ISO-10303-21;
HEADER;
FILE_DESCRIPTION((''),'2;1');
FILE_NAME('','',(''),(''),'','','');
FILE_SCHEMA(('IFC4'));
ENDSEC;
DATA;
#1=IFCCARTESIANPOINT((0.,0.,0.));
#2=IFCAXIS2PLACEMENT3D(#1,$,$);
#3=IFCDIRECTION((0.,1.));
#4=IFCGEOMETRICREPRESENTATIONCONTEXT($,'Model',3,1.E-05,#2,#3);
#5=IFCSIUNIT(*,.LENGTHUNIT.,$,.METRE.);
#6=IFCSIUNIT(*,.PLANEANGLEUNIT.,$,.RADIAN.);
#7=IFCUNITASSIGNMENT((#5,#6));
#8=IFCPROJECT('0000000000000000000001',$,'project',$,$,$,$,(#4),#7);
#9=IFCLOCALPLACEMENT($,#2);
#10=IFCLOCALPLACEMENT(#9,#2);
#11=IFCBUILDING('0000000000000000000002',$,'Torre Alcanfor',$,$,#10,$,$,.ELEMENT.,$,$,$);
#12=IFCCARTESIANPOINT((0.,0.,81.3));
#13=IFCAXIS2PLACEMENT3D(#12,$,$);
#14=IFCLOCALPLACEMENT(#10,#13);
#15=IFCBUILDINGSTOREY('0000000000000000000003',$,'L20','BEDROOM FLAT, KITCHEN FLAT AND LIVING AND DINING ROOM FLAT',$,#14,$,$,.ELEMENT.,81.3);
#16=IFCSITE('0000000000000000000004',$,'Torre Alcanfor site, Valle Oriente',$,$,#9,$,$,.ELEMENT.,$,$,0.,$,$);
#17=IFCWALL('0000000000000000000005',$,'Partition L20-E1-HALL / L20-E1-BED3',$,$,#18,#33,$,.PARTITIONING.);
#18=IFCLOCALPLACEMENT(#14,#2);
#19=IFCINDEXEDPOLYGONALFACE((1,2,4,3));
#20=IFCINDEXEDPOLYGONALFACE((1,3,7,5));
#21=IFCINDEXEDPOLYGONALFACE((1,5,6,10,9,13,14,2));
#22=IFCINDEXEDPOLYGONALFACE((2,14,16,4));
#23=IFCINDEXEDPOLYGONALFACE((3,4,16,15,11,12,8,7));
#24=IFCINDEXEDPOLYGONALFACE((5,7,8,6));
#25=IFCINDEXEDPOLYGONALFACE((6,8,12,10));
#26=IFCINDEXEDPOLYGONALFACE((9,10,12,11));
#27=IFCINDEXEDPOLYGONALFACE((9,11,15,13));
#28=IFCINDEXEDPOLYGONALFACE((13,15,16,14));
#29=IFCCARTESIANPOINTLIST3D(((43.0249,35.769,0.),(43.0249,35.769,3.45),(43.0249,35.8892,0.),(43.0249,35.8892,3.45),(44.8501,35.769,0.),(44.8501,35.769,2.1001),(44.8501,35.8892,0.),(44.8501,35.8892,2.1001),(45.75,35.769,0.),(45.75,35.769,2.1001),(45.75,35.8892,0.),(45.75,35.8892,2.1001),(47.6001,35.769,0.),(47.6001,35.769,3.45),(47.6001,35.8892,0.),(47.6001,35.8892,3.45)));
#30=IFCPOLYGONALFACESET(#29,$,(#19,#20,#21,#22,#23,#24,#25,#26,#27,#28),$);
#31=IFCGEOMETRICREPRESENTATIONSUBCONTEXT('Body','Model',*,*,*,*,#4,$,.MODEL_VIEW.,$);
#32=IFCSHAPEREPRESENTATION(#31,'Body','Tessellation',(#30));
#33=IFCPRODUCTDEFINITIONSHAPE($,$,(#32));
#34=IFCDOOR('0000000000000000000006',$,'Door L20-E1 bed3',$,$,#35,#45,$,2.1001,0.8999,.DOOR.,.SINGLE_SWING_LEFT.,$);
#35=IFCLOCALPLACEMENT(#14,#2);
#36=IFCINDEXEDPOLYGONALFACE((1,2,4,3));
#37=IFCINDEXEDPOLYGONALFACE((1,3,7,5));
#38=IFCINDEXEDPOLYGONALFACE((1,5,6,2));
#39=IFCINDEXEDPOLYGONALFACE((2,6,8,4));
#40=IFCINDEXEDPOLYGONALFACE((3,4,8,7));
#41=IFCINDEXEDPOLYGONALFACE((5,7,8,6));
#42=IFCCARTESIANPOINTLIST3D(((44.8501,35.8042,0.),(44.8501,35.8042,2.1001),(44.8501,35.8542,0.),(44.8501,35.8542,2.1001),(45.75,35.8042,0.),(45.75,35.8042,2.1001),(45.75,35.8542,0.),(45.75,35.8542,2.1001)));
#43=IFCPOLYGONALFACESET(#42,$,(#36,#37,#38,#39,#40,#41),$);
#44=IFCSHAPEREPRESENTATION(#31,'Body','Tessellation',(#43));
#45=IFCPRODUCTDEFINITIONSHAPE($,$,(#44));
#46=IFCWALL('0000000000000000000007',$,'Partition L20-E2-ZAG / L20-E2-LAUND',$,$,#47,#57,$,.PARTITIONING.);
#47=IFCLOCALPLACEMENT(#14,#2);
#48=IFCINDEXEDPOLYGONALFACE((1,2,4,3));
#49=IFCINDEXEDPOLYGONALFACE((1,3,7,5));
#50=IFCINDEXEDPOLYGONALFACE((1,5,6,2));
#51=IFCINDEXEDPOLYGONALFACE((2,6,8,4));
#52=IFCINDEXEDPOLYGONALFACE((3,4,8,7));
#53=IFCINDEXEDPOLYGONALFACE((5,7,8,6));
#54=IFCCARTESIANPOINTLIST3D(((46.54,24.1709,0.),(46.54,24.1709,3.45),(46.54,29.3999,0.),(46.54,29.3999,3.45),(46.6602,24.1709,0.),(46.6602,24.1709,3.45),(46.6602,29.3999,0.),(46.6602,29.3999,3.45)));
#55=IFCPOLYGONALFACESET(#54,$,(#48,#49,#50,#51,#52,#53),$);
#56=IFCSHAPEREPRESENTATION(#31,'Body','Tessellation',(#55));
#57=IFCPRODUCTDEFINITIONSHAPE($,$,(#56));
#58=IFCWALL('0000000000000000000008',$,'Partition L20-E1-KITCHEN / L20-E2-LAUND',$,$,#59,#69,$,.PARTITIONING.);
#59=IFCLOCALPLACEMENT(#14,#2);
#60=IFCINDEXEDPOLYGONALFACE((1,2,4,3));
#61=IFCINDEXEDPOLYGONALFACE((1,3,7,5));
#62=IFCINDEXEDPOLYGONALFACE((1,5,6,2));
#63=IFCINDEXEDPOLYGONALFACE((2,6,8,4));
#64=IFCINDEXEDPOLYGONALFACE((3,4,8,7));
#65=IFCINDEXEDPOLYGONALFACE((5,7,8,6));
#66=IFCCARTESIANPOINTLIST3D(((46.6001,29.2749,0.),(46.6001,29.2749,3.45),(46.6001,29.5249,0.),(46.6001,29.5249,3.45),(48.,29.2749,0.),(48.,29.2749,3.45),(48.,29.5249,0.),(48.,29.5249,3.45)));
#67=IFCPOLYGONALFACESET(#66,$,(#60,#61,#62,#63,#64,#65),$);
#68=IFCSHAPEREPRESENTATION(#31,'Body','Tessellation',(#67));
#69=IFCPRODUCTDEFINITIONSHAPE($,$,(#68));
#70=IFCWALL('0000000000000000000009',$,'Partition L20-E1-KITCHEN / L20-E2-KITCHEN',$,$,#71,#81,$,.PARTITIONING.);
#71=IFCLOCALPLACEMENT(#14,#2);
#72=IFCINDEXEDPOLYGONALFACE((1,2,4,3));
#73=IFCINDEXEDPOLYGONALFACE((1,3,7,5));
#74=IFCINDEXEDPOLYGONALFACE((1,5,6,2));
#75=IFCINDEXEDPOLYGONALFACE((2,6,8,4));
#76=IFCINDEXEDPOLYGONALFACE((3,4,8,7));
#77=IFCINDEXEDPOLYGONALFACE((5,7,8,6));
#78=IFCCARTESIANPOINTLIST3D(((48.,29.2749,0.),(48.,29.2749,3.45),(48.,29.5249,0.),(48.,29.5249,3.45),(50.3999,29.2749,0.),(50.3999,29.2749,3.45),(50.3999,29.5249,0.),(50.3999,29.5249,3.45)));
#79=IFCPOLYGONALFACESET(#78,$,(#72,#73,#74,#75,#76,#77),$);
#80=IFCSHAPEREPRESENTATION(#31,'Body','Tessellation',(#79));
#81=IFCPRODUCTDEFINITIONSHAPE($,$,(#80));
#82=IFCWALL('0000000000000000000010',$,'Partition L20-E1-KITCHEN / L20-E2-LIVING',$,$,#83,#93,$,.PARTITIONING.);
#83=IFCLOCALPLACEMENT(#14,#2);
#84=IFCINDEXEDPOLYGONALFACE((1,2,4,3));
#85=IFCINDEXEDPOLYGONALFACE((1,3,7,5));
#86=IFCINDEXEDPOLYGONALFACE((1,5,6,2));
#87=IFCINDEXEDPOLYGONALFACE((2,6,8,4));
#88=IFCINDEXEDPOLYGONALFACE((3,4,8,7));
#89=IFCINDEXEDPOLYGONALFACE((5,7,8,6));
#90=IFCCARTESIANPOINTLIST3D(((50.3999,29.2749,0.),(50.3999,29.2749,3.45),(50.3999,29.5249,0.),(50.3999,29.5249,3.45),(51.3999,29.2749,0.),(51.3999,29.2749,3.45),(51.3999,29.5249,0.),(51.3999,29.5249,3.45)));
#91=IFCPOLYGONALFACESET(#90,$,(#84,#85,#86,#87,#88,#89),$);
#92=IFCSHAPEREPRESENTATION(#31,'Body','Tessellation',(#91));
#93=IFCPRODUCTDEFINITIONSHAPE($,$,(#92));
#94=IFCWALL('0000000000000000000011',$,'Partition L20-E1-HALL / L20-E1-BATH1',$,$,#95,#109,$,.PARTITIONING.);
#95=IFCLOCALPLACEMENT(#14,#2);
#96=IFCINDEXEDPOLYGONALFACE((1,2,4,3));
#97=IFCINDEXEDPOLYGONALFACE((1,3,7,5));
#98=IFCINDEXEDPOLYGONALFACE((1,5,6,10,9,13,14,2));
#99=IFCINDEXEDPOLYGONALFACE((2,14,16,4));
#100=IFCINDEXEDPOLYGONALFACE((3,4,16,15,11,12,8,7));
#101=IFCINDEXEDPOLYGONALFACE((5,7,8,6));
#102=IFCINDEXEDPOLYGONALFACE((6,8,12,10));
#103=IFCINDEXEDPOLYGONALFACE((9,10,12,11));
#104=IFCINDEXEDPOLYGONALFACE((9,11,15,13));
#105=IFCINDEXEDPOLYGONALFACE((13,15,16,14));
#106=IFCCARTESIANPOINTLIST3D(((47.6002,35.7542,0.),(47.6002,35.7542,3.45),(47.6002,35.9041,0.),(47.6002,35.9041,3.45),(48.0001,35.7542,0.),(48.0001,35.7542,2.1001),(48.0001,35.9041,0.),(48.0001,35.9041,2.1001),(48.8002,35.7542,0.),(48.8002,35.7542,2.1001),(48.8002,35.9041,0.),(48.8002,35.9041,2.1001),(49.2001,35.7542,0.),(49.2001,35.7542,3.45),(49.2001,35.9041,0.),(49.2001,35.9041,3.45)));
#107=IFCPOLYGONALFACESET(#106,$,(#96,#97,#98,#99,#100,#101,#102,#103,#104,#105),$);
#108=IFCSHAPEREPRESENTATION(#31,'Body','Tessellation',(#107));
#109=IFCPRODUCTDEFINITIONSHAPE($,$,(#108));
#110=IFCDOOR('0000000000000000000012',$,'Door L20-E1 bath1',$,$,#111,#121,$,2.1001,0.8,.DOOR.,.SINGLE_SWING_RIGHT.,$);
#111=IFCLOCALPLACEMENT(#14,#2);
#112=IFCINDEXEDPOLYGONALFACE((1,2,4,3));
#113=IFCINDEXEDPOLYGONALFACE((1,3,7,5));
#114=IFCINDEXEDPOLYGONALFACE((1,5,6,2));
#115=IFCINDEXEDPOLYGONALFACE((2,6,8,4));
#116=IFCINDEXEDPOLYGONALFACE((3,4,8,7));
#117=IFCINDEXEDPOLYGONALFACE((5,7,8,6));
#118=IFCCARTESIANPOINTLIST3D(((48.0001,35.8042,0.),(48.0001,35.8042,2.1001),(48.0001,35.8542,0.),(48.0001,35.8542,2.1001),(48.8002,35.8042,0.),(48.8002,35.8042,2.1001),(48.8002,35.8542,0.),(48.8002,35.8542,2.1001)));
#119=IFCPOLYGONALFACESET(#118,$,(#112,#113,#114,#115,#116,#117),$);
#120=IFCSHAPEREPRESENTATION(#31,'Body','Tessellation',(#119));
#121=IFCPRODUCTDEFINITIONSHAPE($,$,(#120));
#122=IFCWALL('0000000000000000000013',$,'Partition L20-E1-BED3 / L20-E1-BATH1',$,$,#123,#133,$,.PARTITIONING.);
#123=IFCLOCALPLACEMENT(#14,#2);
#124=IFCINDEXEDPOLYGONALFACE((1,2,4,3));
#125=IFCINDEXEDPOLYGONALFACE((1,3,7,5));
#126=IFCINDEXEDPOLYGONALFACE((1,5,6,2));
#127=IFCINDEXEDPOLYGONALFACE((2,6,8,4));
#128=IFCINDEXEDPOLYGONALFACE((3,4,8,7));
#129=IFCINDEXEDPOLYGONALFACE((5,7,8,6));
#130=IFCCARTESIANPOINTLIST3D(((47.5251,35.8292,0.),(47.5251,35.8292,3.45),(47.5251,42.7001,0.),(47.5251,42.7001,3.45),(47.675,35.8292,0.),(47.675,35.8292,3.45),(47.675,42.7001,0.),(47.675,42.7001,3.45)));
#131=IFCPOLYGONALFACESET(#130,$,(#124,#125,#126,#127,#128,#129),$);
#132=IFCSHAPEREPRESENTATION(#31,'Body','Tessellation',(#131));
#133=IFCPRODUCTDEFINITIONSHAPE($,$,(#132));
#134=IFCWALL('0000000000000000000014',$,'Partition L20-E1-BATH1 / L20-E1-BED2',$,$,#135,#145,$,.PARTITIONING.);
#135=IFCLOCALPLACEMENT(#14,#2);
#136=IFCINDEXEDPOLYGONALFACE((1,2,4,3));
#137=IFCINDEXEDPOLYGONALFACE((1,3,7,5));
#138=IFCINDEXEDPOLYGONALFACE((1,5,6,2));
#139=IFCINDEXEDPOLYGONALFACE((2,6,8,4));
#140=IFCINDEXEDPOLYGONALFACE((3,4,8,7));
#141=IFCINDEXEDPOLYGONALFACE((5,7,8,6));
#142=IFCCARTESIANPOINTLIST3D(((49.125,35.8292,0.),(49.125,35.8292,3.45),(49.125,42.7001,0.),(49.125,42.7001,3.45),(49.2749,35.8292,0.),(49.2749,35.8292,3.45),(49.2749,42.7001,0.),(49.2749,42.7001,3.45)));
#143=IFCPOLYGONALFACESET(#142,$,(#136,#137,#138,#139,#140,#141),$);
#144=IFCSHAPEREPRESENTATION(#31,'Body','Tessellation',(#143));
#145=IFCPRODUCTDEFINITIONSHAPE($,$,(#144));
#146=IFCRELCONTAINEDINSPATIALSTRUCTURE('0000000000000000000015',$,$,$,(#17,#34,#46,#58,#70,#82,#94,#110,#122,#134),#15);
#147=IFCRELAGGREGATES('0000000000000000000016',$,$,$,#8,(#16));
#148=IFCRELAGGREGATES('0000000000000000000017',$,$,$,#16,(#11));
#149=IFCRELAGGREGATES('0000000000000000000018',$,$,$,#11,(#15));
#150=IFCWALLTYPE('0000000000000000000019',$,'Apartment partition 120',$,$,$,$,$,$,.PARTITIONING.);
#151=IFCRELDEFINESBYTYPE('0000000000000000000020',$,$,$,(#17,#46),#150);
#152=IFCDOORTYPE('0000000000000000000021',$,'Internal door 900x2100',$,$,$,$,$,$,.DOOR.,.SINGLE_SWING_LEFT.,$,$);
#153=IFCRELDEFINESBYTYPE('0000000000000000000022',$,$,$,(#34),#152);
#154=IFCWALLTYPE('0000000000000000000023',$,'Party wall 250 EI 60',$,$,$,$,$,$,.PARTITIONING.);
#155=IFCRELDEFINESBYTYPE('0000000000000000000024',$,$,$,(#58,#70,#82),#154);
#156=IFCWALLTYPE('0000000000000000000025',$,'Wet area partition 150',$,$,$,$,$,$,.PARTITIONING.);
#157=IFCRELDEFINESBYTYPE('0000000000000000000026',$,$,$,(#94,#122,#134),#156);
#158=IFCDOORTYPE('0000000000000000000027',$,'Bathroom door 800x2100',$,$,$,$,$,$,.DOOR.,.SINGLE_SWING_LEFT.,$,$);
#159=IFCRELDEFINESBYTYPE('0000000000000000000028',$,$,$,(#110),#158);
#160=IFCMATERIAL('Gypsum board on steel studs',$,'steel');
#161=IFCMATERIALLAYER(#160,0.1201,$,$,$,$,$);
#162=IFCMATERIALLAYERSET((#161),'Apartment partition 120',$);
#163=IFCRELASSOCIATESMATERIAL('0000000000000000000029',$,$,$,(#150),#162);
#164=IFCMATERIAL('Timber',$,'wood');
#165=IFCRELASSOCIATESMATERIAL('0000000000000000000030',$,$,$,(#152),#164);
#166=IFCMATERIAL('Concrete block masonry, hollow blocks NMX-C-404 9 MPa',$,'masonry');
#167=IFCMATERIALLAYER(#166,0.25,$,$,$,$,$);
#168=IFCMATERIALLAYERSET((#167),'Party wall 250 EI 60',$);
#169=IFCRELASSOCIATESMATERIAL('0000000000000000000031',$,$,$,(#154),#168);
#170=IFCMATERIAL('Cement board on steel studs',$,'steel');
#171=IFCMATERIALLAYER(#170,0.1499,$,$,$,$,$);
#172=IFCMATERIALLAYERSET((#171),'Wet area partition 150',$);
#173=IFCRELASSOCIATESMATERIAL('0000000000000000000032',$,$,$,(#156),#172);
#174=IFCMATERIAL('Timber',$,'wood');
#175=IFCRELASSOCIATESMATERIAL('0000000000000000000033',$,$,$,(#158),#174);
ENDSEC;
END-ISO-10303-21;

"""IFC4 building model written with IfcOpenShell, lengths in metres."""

from ifc_helpers import new_model, si_unit, direction, frame, frame_2d, origin, place, context, subcontext, project, spatial, rectangle, extrude, material, layer, layer_set, type_object, element, fill, save


model = new_model("IFC4")

# Units and contexts
model_context = context("Model", 3, precision=1e-05, world=origin(), true_north=direction((0.0, 1.0)))
body_context = subcontext(model_context, "Body", "Model", "MODEL_VIEW")
ifc_project = project(units=[si_unit("LENGTHUNIT", "METRE"), si_unit("PLANEANGLEUNIT", "RADIAN")], contexts=[model_context])

# Site, building, storey
site_placement = place(None, origin())
site = spatial("IfcSite", under=ifc_project, at=site_placement, Name="Torre Alcanfor site, Valle Oriente", CompositionType="ELEMENT", RefElevation=0.0)
building_placement = place(site_placement, origin())
building = spatial("IfcBuilding", under=site, at=building_placement, Name="Torre Alcanfor", CompositionType="ELEMENT")
storey_placement = place(building_placement, frame((0.0, 0.0, 81.3)))
storey = spatial("IfcBuildingStorey", under=building, at=storey_placement, Name="L20", Description="BEDROOM FLAT, KITCHEN FLAT AND LIVING AND DINING ROOM FLAT", CompositionType="ELEMENT", Elevation=81.3)

# Wall, opening, door
ifc_material_1 = material(Name="Gypsum board on steel studs", Category="steel")
ifc_layer_1 = layer(ifc_material_1, 0.1201)
ifc_layer_set_1 = layer_set([ifc_layer_1], Name="Apartment partition 120")
wall_type_1 = type_object("IfcWallType", Name="Apartment partition 120", PredefinedType="PARTITIONING", material=ifc_layer_set_1)
wall_1_placement = place(storey_placement, frame((47.6001, 35.8291, 0.0), z_axis=(0.0, 0.0, 1.0), x_axis=(-1.0, 0.0, 0.0)))
wall_1 = element("IfcWall", 1, at=wall_1_placement, inside=storey, type_object=wall_type_1, Name="Partition L20-E1-HALL / L20-E1-BED3", PredefinedType="PARTITIONING", context=body_context, shape_type="SweptSolid", body=[
    extrude(rectangle(XDim=4.5752, YDim=0.1201, at=frame_2d((2.2876, 0.0))), origin(), (0.0, 0.0, 1.0), 3.45),
])
opening_1_placement = place(wall_1_placement, frame((1.8501, 0.0, 0.0)))
opening_1 = element("IfcOpeningElement", 2, at=opening_1_placement, cuts=wall_1, PredefinedType="OPENING", context=body_context, shape_type="SweptSolid", body=[
    extrude(rectangle(XDim=0.8999, YDim=2.1001, at=frame_2d((0.45, 1.05))), frame((0.0, 0.0701, 0.0), z_axis=(0.0, -1.0, 0.0), x_axis=(1.0, 0.0, 0.0)), (0.0, 0.0, 1.0), 0.1401),
])
ifc_material_2 = material(Name="Timber", Category="wood")
door_type_1 = type_object("IfcDoorType", Name="Internal door 900x2100", OperationType="SINGLE_SWING_LEFT", PredefinedType="DOOR", material=ifc_material_2)
door_1_placement = place(opening_1_placement, frame((0.8999, 0.0, 0.0), z_axis=(0.0, 0.0, 1.0), x_axis=(-1.0, 0.0, 0.0)))
door_1 = element("IfcDoor", 3, at=door_1_placement, inside=storey, type_object=door_type_1, Name="Door L20-E1 bed3", OperationType="SINGLE_SWING_LEFT", OverallHeight=2.1001, OverallWidth=0.8999, PredefinedType="DOOR", context=body_context, shape_type="SweptSolid", body=[
    extrude(rectangle(XDim=0.8999, YDim=2.1001, at=frame_2d((0.45, 1.05))), frame((0.0, 0.0251, 0.0), z_axis=(0.0, -1.0, 0.0), x_axis=(1.0, 0.0, 0.0)), (0.0, 0.0, 1.0), 0.05),
])
fill(opening_1, door_1)

# Walls
wall_2_placement = place(storey_placement, frame((46.6001, 29.3999, 0.0), z_axis=(0.0, 0.0, 1.0), x_axis=(0.0, -1.0, 0.0)))
element("IfcWall", 4, at=wall_2_placement, inside=storey, type_object=wall_type_1, Name="Partition L20-E2-ZAG / L20-E2-LAUND", PredefinedType="PARTITIONING", context=body_context, shape_type="SweptSolid", body=[
    extrude(rectangle(XDim=5.229, YDim=0.1201, at=frame_2d((2.6145, 0.0))), origin(), (0.0, 0.0, 1.0), 3.45),
])
ifc_material_3 = material(Name="Concrete block masonry, hollow blocks NMX-C-404 9 MPa", Category="masonry")
ifc_layer_2 = layer(ifc_material_3, 0.25)
ifc_layer_set_2 = layer_set([ifc_layer_2], Name="Party wall 250 EI 60")
wall_type_2 = type_object("IfcWallType", Name="Party wall 250 EI 60", PredefinedType="PARTITIONING", material=ifc_layer_set_2)
wall_3_placement = place(storey_placement, frame((46.6001, 29.3999, 0.0), z_axis=(0.0, 0.0, 1.0), x_axis=(1.0, 0.0, 0.0)))
element("IfcWall", 5, at=wall_3_placement, inside=storey, type_object=wall_type_2, Name="Partition L20-E1-KITCHEN / L20-E2-LAUND", PredefinedType="PARTITIONING", context=body_context, shape_type="SweptSolid", body=[
    extrude(rectangle(XDim=1.3999, YDim=0.25, at=frame_2d((0.7, 0.0))), origin(), (0.0, 0.0, 1.0), 3.45),
])
wall_4_placement = place(storey_placement, frame((48.0, 29.3999, 0.0), z_axis=(0.0, 0.0, 1.0), x_axis=(1.0, 0.0, 0.0)))
element("IfcWall", 6, at=wall_4_placement, inside=storey, type_object=wall_type_2, Name="Partition L20-E1-KITCHEN / L20-E2-KITCHEN", PredefinedType="PARTITIONING", context=body_context, shape_type="SweptSolid", body=[
    extrude(rectangle(XDim=2.3999, YDim=0.25, at=frame_2d((1.2, 0.0))), origin(), (0.0, 0.0, 1.0), 3.45),
])
wall_5_placement = place(storey_placement, frame((50.3999, 29.3999, 0.0), z_axis=(0.0, 0.0, 1.0), x_axis=(1.0, 0.0, 0.0)))
element("IfcWall", 7, at=wall_5_placement, inside=storey, type_object=wall_type_2, Name="Partition L20-E1-KITCHEN / L20-E2-LIVING", PredefinedType="PARTITIONING", context=body_context, shape_type="SweptSolid", body=[
    extrude(rectangle(XDim=1.0, YDim=0.25, at=frame_2d((0.5, 0.0))), origin(), (0.0, 0.0, 1.0), 3.45),
])

# Wall, opening, door
ifc_material_4 = material(Name="Cement board on steel studs", Category="steel")
ifc_layer_3 = layer(ifc_material_4, 0.1499)
ifc_layer_set_3 = layer_set([ifc_layer_3], Name="Wet area partition 150")
wall_type_3 = type_object("IfcWallType", Name="Wet area partition 150", PredefinedType="PARTITIONING", material=ifc_layer_set_3)
wall_6_placement = place(storey_placement, frame((49.2, 35.8291, 0.0), z_axis=(0.0, 0.0, 1.0), x_axis=(-1.0, 0.0, 0.0)))
wall_6 = element("IfcWall", 8, at=wall_6_placement, inside=storey, type_object=wall_type_3, Name="Partition L20-E1-HALL / L20-E1-BATH1", PredefinedType="PARTITIONING", context=body_context, shape_type="SweptSolid", body=[
    extrude(rectangle(XDim=1.5999, YDim=0.1499, at=frame_2d((0.7998, 0.0))), origin(), (0.0, 0.0, 1.0), 3.45),
])
opening_2_placement = place(wall_6_placement, frame((0.3999, 0.0, 0.0)))
opening_2 = element("IfcOpeningElement", 9, at=opening_2_placement, cuts=wall_6, PredefinedType="OPENING", context=body_context, shape_type="SweptSolid", body=[
    extrude(rectangle(XDim=0.8, YDim=2.1001, at=frame_2d((0.3999, 1.05))), frame((0.0, 0.085, 0.0), z_axis=(0.0, -1.0, 0.0), x_axis=(1.0, 0.0, 0.0)), (0.0, 0.0, 1.0), 0.1699),
])
ifc_material_5 = material(Name="Timber", Category="wood")
door_type_2 = type_object("IfcDoorType", Name="Bathroom door 800x2100", OperationType="SINGLE_SWING_LEFT", PredefinedType="DOOR", material=ifc_material_5)
door_2_placement = place(opening_2_placement, frame((0.8, 0.0, 0.0), z_axis=(0.0, 0.0, 1.0), x_axis=(-1.0, 0.0, 0.0)))
door_2 = element("IfcDoor", 10, at=door_2_placement, inside=storey, type_object=door_type_2, Name="Door L20-E1 bath1", OperationType="SINGLE_SWING_RIGHT", OverallHeight=2.1001, OverallWidth=0.8, PredefinedType="DOOR", context=body_context, shape_type="SweptSolid", body=[
    extrude(rectangle(XDim=0.8, YDim=2.1001, at=frame_2d((0.4001, 1.05))), frame((0.0, 0.0251, 0.0), z_axis=(0.0, -1.0, 0.0), x_axis=(1.0, 0.0, 0.0)), (0.0, 0.0, 1.0), 0.05),
])
fill(opening_2, door_2)

# Walls
for number, where, z_axis, x_axis, name in (
    (11, (47.6001, 35.8291, 0.0), (0.0, 0.0, 1.0), (0.0, 1.0, 0.0), "Partition L20-E1-BED3 / L20-E1-BATH1"),
    (12, (49.2, 35.8291, 0.0), (0.0, 0.0, 1.0), (0.0, 1.0, 0.0), "Partition L20-E1-BATH1 / L20-E1-BED2"),
):
    element("IfcWall", number, at=place(storey_placement, frame(where, z_axis=z_axis, x_axis=x_axis)), inside=storey, type_object=wall_type_3, Name=name, PredefinedType="PARTITIONING", context=body_context, shape_type="SweptSolid", body=[
        extrude(rectangle(XDim=6.8708, YDim=0.1499, at=frame_2d((3.4355, 0.0))), origin(), (0.0, 0.0, 1.0), 3.45),
    ])

save(model, "model.ifc")
